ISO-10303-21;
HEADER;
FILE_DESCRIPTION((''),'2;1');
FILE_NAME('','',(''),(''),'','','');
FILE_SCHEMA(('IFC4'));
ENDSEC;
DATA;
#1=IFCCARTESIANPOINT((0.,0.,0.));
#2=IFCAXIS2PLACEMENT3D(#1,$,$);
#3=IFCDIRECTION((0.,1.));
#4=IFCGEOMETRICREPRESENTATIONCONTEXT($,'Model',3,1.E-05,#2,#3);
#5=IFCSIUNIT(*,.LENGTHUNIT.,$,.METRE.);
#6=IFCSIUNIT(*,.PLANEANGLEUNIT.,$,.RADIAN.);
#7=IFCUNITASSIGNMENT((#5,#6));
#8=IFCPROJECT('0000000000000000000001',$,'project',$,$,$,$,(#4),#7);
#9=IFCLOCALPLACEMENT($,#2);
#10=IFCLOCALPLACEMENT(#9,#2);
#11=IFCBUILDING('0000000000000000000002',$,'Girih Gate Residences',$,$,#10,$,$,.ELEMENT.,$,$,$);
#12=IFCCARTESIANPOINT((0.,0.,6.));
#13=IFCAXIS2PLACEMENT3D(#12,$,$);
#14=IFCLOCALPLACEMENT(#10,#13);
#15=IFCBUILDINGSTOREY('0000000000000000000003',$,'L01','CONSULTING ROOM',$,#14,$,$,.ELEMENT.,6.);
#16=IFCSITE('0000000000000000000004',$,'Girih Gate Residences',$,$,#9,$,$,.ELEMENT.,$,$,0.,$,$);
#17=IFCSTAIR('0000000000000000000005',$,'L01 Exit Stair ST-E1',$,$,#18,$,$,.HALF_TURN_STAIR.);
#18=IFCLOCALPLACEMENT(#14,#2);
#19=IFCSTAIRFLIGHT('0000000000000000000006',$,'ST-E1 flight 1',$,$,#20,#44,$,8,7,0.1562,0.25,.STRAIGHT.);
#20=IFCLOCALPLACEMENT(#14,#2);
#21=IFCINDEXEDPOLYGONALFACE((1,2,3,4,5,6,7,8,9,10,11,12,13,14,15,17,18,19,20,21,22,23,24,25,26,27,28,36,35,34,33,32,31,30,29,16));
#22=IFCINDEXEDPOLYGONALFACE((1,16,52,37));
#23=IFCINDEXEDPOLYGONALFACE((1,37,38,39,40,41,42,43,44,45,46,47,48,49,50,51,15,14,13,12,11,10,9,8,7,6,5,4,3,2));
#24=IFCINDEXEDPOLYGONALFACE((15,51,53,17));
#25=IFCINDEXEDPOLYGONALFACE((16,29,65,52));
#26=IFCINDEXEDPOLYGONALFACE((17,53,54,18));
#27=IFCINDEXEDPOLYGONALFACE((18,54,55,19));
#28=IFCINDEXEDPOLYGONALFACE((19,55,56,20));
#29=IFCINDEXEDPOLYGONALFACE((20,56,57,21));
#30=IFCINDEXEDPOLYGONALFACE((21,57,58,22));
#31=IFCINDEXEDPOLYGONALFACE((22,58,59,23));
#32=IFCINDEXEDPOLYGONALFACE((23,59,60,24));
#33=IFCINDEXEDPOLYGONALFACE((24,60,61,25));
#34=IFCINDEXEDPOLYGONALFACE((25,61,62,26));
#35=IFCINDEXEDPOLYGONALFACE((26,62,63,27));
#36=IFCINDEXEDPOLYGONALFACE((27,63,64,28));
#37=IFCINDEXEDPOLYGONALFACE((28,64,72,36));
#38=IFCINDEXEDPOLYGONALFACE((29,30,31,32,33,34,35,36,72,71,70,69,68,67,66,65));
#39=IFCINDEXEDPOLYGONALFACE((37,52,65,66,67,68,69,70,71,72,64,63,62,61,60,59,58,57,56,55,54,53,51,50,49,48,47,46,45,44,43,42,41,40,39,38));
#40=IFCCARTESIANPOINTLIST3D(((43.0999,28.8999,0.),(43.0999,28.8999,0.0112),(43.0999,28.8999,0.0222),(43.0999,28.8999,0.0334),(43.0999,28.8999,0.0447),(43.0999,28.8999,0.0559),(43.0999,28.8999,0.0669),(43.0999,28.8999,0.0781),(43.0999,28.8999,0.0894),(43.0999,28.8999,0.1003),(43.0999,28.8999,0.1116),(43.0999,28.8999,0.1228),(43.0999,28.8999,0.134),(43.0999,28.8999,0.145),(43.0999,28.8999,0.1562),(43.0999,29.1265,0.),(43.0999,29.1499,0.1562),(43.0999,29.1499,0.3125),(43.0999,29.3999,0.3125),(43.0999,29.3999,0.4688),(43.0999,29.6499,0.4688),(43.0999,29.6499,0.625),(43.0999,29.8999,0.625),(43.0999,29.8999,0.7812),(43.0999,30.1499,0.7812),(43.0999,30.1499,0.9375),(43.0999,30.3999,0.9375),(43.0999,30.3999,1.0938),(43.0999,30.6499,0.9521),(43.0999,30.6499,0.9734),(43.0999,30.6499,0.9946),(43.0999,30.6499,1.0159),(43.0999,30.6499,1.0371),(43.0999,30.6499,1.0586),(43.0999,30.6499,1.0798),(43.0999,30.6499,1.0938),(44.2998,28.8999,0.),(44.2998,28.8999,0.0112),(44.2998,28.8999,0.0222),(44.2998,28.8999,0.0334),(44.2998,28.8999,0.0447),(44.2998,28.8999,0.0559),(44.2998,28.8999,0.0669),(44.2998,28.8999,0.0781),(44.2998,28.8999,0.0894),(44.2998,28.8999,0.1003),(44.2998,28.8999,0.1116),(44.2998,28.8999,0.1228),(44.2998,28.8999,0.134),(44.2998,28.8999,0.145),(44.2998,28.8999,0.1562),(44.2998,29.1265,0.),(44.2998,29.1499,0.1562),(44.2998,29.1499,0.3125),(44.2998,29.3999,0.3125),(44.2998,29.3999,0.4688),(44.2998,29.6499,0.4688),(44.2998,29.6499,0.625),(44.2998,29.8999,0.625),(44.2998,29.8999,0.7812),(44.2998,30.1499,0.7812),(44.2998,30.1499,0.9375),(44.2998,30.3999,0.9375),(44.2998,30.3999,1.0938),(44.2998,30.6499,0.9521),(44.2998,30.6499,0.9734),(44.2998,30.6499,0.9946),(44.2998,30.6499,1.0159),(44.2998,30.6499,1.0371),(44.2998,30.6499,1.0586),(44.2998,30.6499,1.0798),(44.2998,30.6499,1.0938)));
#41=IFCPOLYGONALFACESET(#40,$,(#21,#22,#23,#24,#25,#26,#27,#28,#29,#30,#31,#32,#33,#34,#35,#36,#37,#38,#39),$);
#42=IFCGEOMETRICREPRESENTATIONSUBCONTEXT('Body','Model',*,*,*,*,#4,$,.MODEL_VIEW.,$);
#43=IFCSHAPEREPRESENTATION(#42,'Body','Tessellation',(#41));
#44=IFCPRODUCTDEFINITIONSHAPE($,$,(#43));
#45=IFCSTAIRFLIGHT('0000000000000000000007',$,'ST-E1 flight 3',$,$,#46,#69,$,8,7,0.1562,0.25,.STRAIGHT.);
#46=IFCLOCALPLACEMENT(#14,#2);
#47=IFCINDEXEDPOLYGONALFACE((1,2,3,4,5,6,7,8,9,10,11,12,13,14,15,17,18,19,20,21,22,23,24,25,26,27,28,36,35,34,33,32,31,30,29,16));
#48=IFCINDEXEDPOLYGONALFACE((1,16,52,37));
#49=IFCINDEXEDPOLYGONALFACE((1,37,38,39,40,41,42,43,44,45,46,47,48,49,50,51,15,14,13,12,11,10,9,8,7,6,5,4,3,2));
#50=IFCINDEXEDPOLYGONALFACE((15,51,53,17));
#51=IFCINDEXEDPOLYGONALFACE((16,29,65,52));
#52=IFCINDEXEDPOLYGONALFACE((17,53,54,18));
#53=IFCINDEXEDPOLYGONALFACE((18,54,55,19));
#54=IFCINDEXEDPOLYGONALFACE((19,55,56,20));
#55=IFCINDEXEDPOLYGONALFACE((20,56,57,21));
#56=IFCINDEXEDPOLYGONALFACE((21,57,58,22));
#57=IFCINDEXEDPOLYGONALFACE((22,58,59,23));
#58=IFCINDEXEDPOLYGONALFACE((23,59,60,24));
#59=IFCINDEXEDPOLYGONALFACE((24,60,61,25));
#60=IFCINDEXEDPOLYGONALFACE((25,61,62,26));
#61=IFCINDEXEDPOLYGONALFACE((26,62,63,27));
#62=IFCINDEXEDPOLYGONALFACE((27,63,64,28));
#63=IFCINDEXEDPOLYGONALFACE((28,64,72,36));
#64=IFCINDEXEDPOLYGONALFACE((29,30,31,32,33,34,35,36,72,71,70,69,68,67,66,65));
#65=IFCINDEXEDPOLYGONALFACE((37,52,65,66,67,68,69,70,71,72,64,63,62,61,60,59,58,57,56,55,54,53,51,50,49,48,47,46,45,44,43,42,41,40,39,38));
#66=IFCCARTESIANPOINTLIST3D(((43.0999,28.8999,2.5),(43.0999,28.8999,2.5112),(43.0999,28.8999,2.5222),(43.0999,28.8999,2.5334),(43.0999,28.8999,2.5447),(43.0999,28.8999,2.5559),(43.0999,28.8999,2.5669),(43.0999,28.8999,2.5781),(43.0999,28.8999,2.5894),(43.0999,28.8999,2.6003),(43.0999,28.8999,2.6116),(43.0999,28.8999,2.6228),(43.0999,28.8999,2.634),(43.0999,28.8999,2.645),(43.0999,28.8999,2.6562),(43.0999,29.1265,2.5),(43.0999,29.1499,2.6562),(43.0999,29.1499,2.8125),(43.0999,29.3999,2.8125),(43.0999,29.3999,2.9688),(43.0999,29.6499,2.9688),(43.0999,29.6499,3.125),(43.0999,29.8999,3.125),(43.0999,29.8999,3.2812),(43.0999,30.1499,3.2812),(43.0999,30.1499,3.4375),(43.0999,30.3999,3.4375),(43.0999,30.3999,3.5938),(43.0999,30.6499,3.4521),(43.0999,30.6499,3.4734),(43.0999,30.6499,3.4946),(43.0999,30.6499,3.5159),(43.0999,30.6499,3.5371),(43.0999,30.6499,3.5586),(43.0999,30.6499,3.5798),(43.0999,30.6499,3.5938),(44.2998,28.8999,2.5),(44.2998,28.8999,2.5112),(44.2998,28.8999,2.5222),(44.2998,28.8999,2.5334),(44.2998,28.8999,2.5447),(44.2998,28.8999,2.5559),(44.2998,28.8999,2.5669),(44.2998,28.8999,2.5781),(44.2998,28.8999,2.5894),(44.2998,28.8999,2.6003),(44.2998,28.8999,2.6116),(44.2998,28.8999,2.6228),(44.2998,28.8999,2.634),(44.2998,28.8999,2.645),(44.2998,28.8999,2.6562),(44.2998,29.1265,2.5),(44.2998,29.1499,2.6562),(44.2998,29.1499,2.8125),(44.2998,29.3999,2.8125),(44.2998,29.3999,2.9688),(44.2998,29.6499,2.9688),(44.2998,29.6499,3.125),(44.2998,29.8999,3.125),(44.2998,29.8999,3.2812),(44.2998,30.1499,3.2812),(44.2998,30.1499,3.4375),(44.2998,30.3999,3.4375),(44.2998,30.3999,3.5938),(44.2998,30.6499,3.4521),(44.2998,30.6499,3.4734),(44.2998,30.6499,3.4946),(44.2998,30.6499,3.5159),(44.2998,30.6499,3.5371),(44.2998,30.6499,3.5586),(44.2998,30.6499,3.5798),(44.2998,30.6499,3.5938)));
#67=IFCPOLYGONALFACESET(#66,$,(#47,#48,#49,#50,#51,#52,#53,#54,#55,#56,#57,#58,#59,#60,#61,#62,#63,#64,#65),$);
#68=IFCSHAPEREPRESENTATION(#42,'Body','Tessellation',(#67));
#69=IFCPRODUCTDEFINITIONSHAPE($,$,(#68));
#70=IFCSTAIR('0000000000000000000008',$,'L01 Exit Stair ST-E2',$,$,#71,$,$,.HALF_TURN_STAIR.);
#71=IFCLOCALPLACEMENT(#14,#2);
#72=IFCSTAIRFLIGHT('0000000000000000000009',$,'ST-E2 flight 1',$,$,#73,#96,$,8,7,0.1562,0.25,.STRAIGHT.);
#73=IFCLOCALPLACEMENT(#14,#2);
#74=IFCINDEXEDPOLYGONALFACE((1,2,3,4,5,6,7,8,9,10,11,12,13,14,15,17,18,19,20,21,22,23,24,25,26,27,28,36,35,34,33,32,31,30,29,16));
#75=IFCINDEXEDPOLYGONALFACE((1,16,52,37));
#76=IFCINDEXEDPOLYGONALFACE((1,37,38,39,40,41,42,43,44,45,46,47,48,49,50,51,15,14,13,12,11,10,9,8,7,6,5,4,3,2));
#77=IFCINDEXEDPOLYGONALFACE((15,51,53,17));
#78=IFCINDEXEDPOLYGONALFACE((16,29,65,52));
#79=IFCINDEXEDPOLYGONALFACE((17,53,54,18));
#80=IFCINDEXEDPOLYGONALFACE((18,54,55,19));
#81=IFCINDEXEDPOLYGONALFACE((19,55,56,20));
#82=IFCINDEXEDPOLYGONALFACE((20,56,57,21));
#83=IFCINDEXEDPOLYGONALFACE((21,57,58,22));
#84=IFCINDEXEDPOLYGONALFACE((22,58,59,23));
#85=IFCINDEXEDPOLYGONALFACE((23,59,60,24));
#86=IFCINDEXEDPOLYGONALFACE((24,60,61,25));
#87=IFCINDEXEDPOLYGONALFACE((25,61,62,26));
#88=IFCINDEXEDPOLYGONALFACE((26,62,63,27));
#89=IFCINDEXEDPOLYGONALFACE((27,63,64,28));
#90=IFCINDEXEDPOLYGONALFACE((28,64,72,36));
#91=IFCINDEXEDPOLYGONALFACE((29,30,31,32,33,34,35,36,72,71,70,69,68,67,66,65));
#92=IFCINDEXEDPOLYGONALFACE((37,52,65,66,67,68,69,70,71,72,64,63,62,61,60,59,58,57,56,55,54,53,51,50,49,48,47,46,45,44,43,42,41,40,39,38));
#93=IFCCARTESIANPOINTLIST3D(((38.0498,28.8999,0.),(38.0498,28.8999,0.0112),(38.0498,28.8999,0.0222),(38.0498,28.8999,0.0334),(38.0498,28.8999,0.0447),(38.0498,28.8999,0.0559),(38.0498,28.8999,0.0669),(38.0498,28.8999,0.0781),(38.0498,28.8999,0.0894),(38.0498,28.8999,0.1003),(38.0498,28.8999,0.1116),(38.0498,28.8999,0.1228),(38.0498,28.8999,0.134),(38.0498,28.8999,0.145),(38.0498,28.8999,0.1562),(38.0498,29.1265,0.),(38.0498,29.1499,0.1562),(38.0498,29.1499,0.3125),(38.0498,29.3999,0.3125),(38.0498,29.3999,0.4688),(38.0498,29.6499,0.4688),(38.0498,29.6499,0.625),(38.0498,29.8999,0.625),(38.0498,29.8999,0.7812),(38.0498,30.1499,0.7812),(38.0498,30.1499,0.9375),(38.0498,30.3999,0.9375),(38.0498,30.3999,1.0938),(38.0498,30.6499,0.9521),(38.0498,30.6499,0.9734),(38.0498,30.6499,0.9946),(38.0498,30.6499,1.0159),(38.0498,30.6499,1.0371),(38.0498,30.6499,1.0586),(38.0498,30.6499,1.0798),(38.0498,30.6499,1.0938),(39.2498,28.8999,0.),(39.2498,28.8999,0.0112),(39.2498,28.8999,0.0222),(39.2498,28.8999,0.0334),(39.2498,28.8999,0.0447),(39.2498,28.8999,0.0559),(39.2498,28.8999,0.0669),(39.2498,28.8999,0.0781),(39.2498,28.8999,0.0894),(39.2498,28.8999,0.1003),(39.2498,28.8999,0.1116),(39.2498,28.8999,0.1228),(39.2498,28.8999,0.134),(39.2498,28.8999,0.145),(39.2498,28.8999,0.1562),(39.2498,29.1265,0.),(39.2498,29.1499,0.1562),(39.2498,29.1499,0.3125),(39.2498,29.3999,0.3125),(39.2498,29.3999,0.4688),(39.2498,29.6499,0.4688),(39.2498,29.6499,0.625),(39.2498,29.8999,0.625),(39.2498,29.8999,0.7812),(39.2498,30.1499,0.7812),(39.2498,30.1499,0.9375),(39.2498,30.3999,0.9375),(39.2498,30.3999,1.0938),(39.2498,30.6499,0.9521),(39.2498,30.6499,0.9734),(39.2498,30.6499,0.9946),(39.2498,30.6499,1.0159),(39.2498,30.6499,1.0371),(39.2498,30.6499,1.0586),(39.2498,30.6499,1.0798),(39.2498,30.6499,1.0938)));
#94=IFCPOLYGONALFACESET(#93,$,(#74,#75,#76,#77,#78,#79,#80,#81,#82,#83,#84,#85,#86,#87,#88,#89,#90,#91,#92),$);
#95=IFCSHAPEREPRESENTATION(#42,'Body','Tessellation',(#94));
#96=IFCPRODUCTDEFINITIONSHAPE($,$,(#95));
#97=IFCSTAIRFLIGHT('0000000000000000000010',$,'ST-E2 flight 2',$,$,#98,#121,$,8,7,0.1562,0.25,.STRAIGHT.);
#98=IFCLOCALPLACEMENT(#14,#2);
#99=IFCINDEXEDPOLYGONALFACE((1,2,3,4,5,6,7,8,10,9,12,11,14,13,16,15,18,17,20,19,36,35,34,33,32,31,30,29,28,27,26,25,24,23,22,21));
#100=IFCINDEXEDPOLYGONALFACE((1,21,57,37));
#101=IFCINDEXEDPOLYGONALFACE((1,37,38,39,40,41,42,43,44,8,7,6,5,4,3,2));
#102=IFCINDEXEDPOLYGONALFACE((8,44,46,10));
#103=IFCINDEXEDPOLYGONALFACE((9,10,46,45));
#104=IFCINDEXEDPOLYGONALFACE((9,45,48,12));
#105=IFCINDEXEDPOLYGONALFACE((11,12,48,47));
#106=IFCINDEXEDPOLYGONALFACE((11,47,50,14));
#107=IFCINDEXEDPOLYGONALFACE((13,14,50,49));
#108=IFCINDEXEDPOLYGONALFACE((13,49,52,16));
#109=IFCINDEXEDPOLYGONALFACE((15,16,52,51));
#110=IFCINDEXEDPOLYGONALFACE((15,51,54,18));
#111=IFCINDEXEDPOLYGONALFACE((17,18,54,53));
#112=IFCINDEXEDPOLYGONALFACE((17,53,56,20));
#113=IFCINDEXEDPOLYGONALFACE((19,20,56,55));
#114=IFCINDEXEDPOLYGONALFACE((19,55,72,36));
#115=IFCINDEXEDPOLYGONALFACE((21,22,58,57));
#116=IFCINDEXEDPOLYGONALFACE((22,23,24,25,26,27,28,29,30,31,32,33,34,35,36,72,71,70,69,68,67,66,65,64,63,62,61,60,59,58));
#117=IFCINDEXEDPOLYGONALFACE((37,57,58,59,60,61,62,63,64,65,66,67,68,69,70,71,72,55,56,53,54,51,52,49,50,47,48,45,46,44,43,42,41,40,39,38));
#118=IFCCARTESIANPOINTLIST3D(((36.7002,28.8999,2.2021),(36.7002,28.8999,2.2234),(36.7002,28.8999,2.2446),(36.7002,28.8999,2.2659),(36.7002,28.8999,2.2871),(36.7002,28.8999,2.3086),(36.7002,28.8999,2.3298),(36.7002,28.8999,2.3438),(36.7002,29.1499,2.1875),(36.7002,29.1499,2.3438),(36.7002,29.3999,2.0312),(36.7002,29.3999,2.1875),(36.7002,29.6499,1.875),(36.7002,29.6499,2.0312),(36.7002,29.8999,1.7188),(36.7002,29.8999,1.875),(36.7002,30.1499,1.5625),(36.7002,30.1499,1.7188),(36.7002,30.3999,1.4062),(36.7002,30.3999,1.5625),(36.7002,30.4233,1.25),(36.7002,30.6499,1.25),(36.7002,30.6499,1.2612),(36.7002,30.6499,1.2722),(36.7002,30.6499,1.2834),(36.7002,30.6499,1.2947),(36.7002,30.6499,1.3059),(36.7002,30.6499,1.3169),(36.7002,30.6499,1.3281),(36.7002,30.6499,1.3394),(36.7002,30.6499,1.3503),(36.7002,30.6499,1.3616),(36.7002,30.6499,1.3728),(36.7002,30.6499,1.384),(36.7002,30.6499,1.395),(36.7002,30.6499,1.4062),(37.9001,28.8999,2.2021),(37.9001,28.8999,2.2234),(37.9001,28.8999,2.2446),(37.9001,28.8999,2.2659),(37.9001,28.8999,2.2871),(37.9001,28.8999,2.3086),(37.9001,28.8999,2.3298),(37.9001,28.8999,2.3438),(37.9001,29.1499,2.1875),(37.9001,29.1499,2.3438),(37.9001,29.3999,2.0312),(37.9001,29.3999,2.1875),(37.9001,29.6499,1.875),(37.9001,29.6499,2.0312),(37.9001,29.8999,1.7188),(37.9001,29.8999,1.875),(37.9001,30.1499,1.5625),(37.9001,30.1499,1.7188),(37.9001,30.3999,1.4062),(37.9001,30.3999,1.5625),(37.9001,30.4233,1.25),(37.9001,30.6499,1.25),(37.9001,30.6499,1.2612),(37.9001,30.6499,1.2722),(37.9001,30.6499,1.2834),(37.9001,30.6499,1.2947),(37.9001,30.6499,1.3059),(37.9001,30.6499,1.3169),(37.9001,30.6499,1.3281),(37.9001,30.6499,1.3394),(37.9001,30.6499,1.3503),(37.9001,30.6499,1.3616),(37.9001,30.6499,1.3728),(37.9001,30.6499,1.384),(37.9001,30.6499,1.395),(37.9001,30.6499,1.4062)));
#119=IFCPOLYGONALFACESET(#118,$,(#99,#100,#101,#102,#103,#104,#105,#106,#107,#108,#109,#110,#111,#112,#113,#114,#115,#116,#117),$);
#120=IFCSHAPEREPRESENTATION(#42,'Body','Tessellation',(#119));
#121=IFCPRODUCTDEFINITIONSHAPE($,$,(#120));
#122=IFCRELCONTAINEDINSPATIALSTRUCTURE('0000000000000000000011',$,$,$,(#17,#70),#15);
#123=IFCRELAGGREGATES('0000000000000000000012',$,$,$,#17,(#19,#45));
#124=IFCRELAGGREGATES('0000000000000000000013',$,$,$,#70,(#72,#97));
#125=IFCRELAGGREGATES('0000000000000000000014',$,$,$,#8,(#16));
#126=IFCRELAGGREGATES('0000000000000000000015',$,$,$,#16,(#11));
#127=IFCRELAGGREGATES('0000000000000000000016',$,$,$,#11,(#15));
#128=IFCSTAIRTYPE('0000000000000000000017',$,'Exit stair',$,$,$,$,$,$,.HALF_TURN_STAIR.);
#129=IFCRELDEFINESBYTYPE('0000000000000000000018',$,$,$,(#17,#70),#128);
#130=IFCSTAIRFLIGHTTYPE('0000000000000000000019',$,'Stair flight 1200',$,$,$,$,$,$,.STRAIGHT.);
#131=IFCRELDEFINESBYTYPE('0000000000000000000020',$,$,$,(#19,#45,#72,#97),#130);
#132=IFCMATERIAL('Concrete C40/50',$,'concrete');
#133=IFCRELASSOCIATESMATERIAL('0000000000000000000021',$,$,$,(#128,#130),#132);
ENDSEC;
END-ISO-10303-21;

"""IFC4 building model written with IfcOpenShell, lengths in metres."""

from ifc_helpers import new_model, si_unit, direction, frame, origin, place, context, subcontext, project, spatial, polyline, outline, extrude, material, type_object, element, aggregate, save


model = new_model("IFC4")

# Units and contexts
model_context = context("Model", 3, precision=1e-05, world=origin(), true_north=direction((0.0, 1.0)))
body_context = subcontext(model_context, "Body", "Model", "MODEL_VIEW")
ifc_project = project(units=[si_unit("LENGTHUNIT", "METRE"), si_unit("PLANEANGLEUNIT", "RADIAN")], contexts=[model_context])

# Site, building, storey
site_placement = place(None, origin())
site = spatial("IfcSite", under=ifc_project, at=site_placement, Name="Girih Gate Residences", CompositionType="ELEMENT", RefElevation=0.0)
building_placement = place(site_placement, origin())
building = spatial("IfcBuilding", under=site, at=building_placement, Name="Girih Gate Residences", CompositionType="ELEMENT")
storey_placement = place(building_placement, frame((0.0, 0.0, 6.0)))
storey = spatial("IfcBuildingStorey", under=building, at=storey_placement, Name="L01", Description="CONSULTING ROOM", CompositionType="ELEMENT", Elevation=6.0)

# Shared definitions
ifc_material_1 = material(Name="Concrete C40/50", Category="concrete")

# Stairs, stair flights
stair_type = type_object("IfcStairType", Name="Exit stair", PredefinedType="HALF_TURN_STAIR", material=ifc_material_1)
stair_1_placement = place(storey_placement, origin())
stair_1 = element("IfcStair", 1, at=stair_1_placement, inside=storey, type_object=stair_type, Name="L01 Exit Stair ST-E1", PredefinedType="HALF_TURN_STAIR")
stair_flight_type = type_object("IfcStairFlightType", Name="Stair flight 1200", PredefinedType="STRAIGHT", material=ifc_material_1)
stair_flight_1_placement = place(storey_placement, frame((43.7, 28.8999, 0.0), z_axis=(0.0, 0.0, 1.0), x_axis=(0.0, 1.0, 0.0)))
stair_flight_1 = element("IfcStairFlight", 2, at=stair_flight_1_placement, type_object=stair_flight_type, Name="ST-E1 flight 1", NumberOfRisers=8, NumberOfTreads=7, PredefinedType="STRAIGHT", RiserHeight=0.1562, TreadLength=0.25, context=body_context, shape_type="SweptSolid", body=[
    extrude(outline(polyline([(0.0, 0.0), (0.0, 0.0112), (0.0, 0.0222), (0.0, 0.0334), (0.0, 0.0447), (0.0, 0.0559), (0.0, 0.0669), (0.0, 0.0781), (0.0, 0.0894), (0.0, 0.1003), (0.0, 0.1116), (0.0, 0.1228), (0.0, 0.134), (0.0, 0.145), (0.0, 0.1562), (0.25, 0.1562), (0.25, 0.3125), (0.5, 0.3125), (0.5, 0.4688), (0.75, 0.4688), (0.75, 0.625), (1.0, 0.625), (1.0, 0.7812), (1.25, 0.7812), (1.25, 0.9375), (1.5, 0.9375), (1.5, 1.0938), (1.75, 1.0938), (1.75, 1.105), (1.75, 1.116), (1.75, 1.1272), (1.75, 1.1384), (1.75, 1.1497), (1.75, 1.1606), (1.75, 1.1719), (1.75, 1.1831), (1.75, 1.1941), (1.75, 1.2053), (1.75, 1.2166), (1.75, 1.2278), (1.75, 1.2388), (1.75, 1.25), (1.75, 1.2288), (1.75, 1.2075), (1.75, 1.1863), (1.75, 1.1648), (1.75, 1.1436), (1.75, 1.1223), (1.75, 1.1011), (1.75, 1.0798), (1.75, 1.0586), (1.75, 1.0371), (1.75, 1.0159), (1.75, 0.9946), (1.75, 0.9734), (1.75, 0.9521), (0.2266, 0.0), (0.0, 0.0)])), frame((0.0, 0.6001, 0.0), z_axis=(0.0, -1.0, 0.0), x_axis=(1.0, 0.0, 0.0)), (0.0, 0.0, 1.0), 1.2),
])
stair_flight_2_placement = place(storey_placement, frame((43.7, 28.8999, 2.5), z_axis=(0.0, 0.0, 1.0), x_axis=(0.0, 1.0, 0.0)))
stair_flight_2 = element("IfcStairFlight", 3, at=stair_flight_2_placement, type_object=stair_flight_type, Name="ST-E1 flight 3", NumberOfRisers=8, NumberOfTreads=7, PredefinedType="STRAIGHT", RiserHeight=0.1562, TreadLength=0.25, context=body_context, shape_type="SweptSolid", body=[
    extrude(outline(polyline([(0.0, 0.0), (0.0, 0.0112), (0.0, 0.0222), (0.0, 0.0334), (0.0, 0.0447), (0.0, 0.0559), (0.0, 0.0669), (0.0, 0.0781), (0.0, 0.0894), (0.0, 0.1003), (0.0, 0.1116), (0.0, 0.1228), (0.0, 0.134), (0.0, 0.145), (0.0, 0.1562), (0.25, 0.1562), (0.25, 0.3125), (0.5, 0.3125), (0.5, 0.4688), (0.75, 0.4688), (0.75, 0.625), (1.0, 0.625), (1.0, 0.7812), (1.25, 0.7812), (1.25, 0.9375), (1.5, 0.9375), (1.5, 1.0938), (1.75, 1.0938), (1.75, 1.105), (1.75, 1.116), (1.75, 1.1272), (1.75, 1.1384), (1.75, 1.1497), (1.75, 1.1606), (1.75, 1.1719), (1.75, 1.1831), (1.75, 1.1941), (1.75, 1.2053), (1.75, 1.2166), (1.75, 1.2278), (1.75, 1.2388), (1.75, 1.25), (1.75, 1.2288), (1.75, 1.2075), (1.75, 1.1863), (1.75, 1.1648), (1.75, 1.1436), (1.75, 1.1223), (1.75, 1.1011), (1.75, 1.0798), (1.75, 1.0586), (1.75, 1.0371), (1.75, 1.0159), (1.75, 0.9946), (1.75, 0.9734), (1.75, 0.9521), (0.2266, 0.0), (0.0, 0.0)])), frame((0.0, 0.6001, 0.0), z_axis=(0.0, -1.0, 0.0), x_axis=(1.0, 0.0, 0.0)), (0.0, 0.0, 1.0), 1.2),
])
aggregate(stair_1, [stair_flight_1, stair_flight_2])
stair_2_placement = place(storey_placement, origin())
stair_2 = element("IfcStair", 4, at=stair_2_placement, inside=storey, type_object=stair_type, Name="L01 Exit Stair ST-E2", PredefinedType="HALF_TURN_STAIR")
stair_flight_3_placement = place(storey_placement, frame((38.6499, 28.8999, 0.0), z_axis=(0.0, 0.0, 1.0), x_axis=(0.0, 1.0, 0.0)))
stair_flight_3 = element("IfcStairFlight", 5, at=stair_flight_3_placement, type_object=stair_flight_type, Name="ST-E2 flight 1", NumberOfRisers=8, NumberOfTreads=7, PredefinedType="STRAIGHT", RiserHeight=0.1562, TreadLength=0.25, context=body_context, shape_type="SweptSolid", body=[
    extrude(outline(polyline([(0.0, 0.0), (0.0, 0.0112), (0.0, 0.0222), (0.0, 0.0334), (0.0, 0.0447), (0.0, 0.0559), (0.0, 0.0669), (0.0, 0.0781), (0.0, 0.0894), (0.0, 0.1003), (0.0, 0.1116), (0.0, 0.1228), (0.0, 0.134), (0.0, 0.145), (0.0, 0.1562), (0.25, 0.1562), (0.25, 0.3125), (0.5, 0.3125), (0.5, 0.4688), (0.75, 0.4688), (0.75, 0.625), (1.0, 0.625), (1.0, 0.7812), (1.25, 0.7812), (1.25, 0.9375), (1.5, 0.9375), (1.5, 1.0938), (1.75, 1.0938), (1.75, 1.105), (1.75, 1.116), (1.75, 1.1272), (1.75, 1.1384), (1.75, 1.1497), (1.75, 1.1606), (1.75, 1.1719), (1.75, 1.1831), (1.75, 1.1941), (1.75, 1.2053), (1.75, 1.2166), (1.75, 1.2278), (1.75, 1.2388), (1.75, 1.25), (1.75, 1.2288), (1.75, 1.2075), (1.75, 1.1863), (1.75, 1.1648), (1.75, 1.1436), (1.75, 1.1223), (1.75, 1.1011), (1.75, 1.0798), (1.75, 1.0586), (1.75, 1.0371), (1.75, 1.0159), (1.75, 0.9946), (1.75, 0.9734), (1.75, 0.9521), (0.2266, 0.0), (0.0, 0.0)])), frame((0.0, 0.6001, 0.0), z_axis=(0.0, -1.0, 0.0), x_axis=(1.0, 0.0, 0.0)), (0.0, 0.0, 1.0), 1.2),
])
stair_flight_4_placement = place(storey_placement, frame((37.3, 30.6499, 1.25), z_axis=(0.0, 0.0, 1.0), x_axis=(0.0, -1.0, 0.0)))
stair_flight_4 = element("IfcStairFlight", 6, at=stair_flight_4_placement, type_object=stair_flight_type, Name="ST-E2 flight 2", NumberOfRisers=8, NumberOfTreads=7, PredefinedType="STRAIGHT", RiserHeight=0.1562, TreadLength=0.25, context=body_context, shape_type="SweptSolid", body=[
    extrude(outline(polyline([(0.0, 0.0), (0.0, 0.0112), (0.0, 0.0222), (0.0, 0.0334), (0.0, 0.0447), (0.0, 0.0559), (0.0, 0.0669), (0.0, 0.0781), (0.0, 0.0894), (0.0, 0.1003), (0.0, 0.1116), (0.0, 0.1228), (0.0, 0.134), (0.0, 0.145), (0.0, 0.1562), (0.25, 0.1562), (0.25, 0.3125), (0.5, 0.3125), (0.5, 0.4688), (0.75, 0.4688), (0.75, 0.625), (1.0, 0.625), (1.0, 0.7812), (1.25, 0.7812), (1.25, 0.9375), (1.5, 0.9375), (1.5, 1.0938), (1.75, 1.0938), (1.75, 1.105), (1.75, 1.116), (1.75, 1.1272), (1.75, 1.1384), (1.75, 1.1497), (1.75, 1.1606), (1.75, 1.1719), (1.75, 1.1831), (1.75, 1.1941), (1.75, 1.2053), (1.75, 1.2166), (1.75, 1.2278), (1.75, 1.2388), (1.75, 1.25), (1.75, 1.2288), (1.75, 1.2075), (1.75, 1.1863), (1.75, 1.1648), (1.75, 1.1436), (1.75, 1.1223), (1.75, 1.1011), (1.75, 1.0798), (1.75, 1.0586), (1.75, 1.0371), (1.75, 1.0159), (1.75, 0.9946), (1.75, 0.9734), (1.75, 0.9521), (0.2266, 0.0), (0.0, 0.0)])), frame((0.0, 0.6001, 0.0), z_axis=(0.0, -1.0, 0.0), x_axis=(1.0, 0.0, 0.0)), (0.0, 0.0, 1.0), 1.2),
])
aggregate(stair_2, [stair_flight_3, stair_flight_4])

save(model, "model.ifc")
